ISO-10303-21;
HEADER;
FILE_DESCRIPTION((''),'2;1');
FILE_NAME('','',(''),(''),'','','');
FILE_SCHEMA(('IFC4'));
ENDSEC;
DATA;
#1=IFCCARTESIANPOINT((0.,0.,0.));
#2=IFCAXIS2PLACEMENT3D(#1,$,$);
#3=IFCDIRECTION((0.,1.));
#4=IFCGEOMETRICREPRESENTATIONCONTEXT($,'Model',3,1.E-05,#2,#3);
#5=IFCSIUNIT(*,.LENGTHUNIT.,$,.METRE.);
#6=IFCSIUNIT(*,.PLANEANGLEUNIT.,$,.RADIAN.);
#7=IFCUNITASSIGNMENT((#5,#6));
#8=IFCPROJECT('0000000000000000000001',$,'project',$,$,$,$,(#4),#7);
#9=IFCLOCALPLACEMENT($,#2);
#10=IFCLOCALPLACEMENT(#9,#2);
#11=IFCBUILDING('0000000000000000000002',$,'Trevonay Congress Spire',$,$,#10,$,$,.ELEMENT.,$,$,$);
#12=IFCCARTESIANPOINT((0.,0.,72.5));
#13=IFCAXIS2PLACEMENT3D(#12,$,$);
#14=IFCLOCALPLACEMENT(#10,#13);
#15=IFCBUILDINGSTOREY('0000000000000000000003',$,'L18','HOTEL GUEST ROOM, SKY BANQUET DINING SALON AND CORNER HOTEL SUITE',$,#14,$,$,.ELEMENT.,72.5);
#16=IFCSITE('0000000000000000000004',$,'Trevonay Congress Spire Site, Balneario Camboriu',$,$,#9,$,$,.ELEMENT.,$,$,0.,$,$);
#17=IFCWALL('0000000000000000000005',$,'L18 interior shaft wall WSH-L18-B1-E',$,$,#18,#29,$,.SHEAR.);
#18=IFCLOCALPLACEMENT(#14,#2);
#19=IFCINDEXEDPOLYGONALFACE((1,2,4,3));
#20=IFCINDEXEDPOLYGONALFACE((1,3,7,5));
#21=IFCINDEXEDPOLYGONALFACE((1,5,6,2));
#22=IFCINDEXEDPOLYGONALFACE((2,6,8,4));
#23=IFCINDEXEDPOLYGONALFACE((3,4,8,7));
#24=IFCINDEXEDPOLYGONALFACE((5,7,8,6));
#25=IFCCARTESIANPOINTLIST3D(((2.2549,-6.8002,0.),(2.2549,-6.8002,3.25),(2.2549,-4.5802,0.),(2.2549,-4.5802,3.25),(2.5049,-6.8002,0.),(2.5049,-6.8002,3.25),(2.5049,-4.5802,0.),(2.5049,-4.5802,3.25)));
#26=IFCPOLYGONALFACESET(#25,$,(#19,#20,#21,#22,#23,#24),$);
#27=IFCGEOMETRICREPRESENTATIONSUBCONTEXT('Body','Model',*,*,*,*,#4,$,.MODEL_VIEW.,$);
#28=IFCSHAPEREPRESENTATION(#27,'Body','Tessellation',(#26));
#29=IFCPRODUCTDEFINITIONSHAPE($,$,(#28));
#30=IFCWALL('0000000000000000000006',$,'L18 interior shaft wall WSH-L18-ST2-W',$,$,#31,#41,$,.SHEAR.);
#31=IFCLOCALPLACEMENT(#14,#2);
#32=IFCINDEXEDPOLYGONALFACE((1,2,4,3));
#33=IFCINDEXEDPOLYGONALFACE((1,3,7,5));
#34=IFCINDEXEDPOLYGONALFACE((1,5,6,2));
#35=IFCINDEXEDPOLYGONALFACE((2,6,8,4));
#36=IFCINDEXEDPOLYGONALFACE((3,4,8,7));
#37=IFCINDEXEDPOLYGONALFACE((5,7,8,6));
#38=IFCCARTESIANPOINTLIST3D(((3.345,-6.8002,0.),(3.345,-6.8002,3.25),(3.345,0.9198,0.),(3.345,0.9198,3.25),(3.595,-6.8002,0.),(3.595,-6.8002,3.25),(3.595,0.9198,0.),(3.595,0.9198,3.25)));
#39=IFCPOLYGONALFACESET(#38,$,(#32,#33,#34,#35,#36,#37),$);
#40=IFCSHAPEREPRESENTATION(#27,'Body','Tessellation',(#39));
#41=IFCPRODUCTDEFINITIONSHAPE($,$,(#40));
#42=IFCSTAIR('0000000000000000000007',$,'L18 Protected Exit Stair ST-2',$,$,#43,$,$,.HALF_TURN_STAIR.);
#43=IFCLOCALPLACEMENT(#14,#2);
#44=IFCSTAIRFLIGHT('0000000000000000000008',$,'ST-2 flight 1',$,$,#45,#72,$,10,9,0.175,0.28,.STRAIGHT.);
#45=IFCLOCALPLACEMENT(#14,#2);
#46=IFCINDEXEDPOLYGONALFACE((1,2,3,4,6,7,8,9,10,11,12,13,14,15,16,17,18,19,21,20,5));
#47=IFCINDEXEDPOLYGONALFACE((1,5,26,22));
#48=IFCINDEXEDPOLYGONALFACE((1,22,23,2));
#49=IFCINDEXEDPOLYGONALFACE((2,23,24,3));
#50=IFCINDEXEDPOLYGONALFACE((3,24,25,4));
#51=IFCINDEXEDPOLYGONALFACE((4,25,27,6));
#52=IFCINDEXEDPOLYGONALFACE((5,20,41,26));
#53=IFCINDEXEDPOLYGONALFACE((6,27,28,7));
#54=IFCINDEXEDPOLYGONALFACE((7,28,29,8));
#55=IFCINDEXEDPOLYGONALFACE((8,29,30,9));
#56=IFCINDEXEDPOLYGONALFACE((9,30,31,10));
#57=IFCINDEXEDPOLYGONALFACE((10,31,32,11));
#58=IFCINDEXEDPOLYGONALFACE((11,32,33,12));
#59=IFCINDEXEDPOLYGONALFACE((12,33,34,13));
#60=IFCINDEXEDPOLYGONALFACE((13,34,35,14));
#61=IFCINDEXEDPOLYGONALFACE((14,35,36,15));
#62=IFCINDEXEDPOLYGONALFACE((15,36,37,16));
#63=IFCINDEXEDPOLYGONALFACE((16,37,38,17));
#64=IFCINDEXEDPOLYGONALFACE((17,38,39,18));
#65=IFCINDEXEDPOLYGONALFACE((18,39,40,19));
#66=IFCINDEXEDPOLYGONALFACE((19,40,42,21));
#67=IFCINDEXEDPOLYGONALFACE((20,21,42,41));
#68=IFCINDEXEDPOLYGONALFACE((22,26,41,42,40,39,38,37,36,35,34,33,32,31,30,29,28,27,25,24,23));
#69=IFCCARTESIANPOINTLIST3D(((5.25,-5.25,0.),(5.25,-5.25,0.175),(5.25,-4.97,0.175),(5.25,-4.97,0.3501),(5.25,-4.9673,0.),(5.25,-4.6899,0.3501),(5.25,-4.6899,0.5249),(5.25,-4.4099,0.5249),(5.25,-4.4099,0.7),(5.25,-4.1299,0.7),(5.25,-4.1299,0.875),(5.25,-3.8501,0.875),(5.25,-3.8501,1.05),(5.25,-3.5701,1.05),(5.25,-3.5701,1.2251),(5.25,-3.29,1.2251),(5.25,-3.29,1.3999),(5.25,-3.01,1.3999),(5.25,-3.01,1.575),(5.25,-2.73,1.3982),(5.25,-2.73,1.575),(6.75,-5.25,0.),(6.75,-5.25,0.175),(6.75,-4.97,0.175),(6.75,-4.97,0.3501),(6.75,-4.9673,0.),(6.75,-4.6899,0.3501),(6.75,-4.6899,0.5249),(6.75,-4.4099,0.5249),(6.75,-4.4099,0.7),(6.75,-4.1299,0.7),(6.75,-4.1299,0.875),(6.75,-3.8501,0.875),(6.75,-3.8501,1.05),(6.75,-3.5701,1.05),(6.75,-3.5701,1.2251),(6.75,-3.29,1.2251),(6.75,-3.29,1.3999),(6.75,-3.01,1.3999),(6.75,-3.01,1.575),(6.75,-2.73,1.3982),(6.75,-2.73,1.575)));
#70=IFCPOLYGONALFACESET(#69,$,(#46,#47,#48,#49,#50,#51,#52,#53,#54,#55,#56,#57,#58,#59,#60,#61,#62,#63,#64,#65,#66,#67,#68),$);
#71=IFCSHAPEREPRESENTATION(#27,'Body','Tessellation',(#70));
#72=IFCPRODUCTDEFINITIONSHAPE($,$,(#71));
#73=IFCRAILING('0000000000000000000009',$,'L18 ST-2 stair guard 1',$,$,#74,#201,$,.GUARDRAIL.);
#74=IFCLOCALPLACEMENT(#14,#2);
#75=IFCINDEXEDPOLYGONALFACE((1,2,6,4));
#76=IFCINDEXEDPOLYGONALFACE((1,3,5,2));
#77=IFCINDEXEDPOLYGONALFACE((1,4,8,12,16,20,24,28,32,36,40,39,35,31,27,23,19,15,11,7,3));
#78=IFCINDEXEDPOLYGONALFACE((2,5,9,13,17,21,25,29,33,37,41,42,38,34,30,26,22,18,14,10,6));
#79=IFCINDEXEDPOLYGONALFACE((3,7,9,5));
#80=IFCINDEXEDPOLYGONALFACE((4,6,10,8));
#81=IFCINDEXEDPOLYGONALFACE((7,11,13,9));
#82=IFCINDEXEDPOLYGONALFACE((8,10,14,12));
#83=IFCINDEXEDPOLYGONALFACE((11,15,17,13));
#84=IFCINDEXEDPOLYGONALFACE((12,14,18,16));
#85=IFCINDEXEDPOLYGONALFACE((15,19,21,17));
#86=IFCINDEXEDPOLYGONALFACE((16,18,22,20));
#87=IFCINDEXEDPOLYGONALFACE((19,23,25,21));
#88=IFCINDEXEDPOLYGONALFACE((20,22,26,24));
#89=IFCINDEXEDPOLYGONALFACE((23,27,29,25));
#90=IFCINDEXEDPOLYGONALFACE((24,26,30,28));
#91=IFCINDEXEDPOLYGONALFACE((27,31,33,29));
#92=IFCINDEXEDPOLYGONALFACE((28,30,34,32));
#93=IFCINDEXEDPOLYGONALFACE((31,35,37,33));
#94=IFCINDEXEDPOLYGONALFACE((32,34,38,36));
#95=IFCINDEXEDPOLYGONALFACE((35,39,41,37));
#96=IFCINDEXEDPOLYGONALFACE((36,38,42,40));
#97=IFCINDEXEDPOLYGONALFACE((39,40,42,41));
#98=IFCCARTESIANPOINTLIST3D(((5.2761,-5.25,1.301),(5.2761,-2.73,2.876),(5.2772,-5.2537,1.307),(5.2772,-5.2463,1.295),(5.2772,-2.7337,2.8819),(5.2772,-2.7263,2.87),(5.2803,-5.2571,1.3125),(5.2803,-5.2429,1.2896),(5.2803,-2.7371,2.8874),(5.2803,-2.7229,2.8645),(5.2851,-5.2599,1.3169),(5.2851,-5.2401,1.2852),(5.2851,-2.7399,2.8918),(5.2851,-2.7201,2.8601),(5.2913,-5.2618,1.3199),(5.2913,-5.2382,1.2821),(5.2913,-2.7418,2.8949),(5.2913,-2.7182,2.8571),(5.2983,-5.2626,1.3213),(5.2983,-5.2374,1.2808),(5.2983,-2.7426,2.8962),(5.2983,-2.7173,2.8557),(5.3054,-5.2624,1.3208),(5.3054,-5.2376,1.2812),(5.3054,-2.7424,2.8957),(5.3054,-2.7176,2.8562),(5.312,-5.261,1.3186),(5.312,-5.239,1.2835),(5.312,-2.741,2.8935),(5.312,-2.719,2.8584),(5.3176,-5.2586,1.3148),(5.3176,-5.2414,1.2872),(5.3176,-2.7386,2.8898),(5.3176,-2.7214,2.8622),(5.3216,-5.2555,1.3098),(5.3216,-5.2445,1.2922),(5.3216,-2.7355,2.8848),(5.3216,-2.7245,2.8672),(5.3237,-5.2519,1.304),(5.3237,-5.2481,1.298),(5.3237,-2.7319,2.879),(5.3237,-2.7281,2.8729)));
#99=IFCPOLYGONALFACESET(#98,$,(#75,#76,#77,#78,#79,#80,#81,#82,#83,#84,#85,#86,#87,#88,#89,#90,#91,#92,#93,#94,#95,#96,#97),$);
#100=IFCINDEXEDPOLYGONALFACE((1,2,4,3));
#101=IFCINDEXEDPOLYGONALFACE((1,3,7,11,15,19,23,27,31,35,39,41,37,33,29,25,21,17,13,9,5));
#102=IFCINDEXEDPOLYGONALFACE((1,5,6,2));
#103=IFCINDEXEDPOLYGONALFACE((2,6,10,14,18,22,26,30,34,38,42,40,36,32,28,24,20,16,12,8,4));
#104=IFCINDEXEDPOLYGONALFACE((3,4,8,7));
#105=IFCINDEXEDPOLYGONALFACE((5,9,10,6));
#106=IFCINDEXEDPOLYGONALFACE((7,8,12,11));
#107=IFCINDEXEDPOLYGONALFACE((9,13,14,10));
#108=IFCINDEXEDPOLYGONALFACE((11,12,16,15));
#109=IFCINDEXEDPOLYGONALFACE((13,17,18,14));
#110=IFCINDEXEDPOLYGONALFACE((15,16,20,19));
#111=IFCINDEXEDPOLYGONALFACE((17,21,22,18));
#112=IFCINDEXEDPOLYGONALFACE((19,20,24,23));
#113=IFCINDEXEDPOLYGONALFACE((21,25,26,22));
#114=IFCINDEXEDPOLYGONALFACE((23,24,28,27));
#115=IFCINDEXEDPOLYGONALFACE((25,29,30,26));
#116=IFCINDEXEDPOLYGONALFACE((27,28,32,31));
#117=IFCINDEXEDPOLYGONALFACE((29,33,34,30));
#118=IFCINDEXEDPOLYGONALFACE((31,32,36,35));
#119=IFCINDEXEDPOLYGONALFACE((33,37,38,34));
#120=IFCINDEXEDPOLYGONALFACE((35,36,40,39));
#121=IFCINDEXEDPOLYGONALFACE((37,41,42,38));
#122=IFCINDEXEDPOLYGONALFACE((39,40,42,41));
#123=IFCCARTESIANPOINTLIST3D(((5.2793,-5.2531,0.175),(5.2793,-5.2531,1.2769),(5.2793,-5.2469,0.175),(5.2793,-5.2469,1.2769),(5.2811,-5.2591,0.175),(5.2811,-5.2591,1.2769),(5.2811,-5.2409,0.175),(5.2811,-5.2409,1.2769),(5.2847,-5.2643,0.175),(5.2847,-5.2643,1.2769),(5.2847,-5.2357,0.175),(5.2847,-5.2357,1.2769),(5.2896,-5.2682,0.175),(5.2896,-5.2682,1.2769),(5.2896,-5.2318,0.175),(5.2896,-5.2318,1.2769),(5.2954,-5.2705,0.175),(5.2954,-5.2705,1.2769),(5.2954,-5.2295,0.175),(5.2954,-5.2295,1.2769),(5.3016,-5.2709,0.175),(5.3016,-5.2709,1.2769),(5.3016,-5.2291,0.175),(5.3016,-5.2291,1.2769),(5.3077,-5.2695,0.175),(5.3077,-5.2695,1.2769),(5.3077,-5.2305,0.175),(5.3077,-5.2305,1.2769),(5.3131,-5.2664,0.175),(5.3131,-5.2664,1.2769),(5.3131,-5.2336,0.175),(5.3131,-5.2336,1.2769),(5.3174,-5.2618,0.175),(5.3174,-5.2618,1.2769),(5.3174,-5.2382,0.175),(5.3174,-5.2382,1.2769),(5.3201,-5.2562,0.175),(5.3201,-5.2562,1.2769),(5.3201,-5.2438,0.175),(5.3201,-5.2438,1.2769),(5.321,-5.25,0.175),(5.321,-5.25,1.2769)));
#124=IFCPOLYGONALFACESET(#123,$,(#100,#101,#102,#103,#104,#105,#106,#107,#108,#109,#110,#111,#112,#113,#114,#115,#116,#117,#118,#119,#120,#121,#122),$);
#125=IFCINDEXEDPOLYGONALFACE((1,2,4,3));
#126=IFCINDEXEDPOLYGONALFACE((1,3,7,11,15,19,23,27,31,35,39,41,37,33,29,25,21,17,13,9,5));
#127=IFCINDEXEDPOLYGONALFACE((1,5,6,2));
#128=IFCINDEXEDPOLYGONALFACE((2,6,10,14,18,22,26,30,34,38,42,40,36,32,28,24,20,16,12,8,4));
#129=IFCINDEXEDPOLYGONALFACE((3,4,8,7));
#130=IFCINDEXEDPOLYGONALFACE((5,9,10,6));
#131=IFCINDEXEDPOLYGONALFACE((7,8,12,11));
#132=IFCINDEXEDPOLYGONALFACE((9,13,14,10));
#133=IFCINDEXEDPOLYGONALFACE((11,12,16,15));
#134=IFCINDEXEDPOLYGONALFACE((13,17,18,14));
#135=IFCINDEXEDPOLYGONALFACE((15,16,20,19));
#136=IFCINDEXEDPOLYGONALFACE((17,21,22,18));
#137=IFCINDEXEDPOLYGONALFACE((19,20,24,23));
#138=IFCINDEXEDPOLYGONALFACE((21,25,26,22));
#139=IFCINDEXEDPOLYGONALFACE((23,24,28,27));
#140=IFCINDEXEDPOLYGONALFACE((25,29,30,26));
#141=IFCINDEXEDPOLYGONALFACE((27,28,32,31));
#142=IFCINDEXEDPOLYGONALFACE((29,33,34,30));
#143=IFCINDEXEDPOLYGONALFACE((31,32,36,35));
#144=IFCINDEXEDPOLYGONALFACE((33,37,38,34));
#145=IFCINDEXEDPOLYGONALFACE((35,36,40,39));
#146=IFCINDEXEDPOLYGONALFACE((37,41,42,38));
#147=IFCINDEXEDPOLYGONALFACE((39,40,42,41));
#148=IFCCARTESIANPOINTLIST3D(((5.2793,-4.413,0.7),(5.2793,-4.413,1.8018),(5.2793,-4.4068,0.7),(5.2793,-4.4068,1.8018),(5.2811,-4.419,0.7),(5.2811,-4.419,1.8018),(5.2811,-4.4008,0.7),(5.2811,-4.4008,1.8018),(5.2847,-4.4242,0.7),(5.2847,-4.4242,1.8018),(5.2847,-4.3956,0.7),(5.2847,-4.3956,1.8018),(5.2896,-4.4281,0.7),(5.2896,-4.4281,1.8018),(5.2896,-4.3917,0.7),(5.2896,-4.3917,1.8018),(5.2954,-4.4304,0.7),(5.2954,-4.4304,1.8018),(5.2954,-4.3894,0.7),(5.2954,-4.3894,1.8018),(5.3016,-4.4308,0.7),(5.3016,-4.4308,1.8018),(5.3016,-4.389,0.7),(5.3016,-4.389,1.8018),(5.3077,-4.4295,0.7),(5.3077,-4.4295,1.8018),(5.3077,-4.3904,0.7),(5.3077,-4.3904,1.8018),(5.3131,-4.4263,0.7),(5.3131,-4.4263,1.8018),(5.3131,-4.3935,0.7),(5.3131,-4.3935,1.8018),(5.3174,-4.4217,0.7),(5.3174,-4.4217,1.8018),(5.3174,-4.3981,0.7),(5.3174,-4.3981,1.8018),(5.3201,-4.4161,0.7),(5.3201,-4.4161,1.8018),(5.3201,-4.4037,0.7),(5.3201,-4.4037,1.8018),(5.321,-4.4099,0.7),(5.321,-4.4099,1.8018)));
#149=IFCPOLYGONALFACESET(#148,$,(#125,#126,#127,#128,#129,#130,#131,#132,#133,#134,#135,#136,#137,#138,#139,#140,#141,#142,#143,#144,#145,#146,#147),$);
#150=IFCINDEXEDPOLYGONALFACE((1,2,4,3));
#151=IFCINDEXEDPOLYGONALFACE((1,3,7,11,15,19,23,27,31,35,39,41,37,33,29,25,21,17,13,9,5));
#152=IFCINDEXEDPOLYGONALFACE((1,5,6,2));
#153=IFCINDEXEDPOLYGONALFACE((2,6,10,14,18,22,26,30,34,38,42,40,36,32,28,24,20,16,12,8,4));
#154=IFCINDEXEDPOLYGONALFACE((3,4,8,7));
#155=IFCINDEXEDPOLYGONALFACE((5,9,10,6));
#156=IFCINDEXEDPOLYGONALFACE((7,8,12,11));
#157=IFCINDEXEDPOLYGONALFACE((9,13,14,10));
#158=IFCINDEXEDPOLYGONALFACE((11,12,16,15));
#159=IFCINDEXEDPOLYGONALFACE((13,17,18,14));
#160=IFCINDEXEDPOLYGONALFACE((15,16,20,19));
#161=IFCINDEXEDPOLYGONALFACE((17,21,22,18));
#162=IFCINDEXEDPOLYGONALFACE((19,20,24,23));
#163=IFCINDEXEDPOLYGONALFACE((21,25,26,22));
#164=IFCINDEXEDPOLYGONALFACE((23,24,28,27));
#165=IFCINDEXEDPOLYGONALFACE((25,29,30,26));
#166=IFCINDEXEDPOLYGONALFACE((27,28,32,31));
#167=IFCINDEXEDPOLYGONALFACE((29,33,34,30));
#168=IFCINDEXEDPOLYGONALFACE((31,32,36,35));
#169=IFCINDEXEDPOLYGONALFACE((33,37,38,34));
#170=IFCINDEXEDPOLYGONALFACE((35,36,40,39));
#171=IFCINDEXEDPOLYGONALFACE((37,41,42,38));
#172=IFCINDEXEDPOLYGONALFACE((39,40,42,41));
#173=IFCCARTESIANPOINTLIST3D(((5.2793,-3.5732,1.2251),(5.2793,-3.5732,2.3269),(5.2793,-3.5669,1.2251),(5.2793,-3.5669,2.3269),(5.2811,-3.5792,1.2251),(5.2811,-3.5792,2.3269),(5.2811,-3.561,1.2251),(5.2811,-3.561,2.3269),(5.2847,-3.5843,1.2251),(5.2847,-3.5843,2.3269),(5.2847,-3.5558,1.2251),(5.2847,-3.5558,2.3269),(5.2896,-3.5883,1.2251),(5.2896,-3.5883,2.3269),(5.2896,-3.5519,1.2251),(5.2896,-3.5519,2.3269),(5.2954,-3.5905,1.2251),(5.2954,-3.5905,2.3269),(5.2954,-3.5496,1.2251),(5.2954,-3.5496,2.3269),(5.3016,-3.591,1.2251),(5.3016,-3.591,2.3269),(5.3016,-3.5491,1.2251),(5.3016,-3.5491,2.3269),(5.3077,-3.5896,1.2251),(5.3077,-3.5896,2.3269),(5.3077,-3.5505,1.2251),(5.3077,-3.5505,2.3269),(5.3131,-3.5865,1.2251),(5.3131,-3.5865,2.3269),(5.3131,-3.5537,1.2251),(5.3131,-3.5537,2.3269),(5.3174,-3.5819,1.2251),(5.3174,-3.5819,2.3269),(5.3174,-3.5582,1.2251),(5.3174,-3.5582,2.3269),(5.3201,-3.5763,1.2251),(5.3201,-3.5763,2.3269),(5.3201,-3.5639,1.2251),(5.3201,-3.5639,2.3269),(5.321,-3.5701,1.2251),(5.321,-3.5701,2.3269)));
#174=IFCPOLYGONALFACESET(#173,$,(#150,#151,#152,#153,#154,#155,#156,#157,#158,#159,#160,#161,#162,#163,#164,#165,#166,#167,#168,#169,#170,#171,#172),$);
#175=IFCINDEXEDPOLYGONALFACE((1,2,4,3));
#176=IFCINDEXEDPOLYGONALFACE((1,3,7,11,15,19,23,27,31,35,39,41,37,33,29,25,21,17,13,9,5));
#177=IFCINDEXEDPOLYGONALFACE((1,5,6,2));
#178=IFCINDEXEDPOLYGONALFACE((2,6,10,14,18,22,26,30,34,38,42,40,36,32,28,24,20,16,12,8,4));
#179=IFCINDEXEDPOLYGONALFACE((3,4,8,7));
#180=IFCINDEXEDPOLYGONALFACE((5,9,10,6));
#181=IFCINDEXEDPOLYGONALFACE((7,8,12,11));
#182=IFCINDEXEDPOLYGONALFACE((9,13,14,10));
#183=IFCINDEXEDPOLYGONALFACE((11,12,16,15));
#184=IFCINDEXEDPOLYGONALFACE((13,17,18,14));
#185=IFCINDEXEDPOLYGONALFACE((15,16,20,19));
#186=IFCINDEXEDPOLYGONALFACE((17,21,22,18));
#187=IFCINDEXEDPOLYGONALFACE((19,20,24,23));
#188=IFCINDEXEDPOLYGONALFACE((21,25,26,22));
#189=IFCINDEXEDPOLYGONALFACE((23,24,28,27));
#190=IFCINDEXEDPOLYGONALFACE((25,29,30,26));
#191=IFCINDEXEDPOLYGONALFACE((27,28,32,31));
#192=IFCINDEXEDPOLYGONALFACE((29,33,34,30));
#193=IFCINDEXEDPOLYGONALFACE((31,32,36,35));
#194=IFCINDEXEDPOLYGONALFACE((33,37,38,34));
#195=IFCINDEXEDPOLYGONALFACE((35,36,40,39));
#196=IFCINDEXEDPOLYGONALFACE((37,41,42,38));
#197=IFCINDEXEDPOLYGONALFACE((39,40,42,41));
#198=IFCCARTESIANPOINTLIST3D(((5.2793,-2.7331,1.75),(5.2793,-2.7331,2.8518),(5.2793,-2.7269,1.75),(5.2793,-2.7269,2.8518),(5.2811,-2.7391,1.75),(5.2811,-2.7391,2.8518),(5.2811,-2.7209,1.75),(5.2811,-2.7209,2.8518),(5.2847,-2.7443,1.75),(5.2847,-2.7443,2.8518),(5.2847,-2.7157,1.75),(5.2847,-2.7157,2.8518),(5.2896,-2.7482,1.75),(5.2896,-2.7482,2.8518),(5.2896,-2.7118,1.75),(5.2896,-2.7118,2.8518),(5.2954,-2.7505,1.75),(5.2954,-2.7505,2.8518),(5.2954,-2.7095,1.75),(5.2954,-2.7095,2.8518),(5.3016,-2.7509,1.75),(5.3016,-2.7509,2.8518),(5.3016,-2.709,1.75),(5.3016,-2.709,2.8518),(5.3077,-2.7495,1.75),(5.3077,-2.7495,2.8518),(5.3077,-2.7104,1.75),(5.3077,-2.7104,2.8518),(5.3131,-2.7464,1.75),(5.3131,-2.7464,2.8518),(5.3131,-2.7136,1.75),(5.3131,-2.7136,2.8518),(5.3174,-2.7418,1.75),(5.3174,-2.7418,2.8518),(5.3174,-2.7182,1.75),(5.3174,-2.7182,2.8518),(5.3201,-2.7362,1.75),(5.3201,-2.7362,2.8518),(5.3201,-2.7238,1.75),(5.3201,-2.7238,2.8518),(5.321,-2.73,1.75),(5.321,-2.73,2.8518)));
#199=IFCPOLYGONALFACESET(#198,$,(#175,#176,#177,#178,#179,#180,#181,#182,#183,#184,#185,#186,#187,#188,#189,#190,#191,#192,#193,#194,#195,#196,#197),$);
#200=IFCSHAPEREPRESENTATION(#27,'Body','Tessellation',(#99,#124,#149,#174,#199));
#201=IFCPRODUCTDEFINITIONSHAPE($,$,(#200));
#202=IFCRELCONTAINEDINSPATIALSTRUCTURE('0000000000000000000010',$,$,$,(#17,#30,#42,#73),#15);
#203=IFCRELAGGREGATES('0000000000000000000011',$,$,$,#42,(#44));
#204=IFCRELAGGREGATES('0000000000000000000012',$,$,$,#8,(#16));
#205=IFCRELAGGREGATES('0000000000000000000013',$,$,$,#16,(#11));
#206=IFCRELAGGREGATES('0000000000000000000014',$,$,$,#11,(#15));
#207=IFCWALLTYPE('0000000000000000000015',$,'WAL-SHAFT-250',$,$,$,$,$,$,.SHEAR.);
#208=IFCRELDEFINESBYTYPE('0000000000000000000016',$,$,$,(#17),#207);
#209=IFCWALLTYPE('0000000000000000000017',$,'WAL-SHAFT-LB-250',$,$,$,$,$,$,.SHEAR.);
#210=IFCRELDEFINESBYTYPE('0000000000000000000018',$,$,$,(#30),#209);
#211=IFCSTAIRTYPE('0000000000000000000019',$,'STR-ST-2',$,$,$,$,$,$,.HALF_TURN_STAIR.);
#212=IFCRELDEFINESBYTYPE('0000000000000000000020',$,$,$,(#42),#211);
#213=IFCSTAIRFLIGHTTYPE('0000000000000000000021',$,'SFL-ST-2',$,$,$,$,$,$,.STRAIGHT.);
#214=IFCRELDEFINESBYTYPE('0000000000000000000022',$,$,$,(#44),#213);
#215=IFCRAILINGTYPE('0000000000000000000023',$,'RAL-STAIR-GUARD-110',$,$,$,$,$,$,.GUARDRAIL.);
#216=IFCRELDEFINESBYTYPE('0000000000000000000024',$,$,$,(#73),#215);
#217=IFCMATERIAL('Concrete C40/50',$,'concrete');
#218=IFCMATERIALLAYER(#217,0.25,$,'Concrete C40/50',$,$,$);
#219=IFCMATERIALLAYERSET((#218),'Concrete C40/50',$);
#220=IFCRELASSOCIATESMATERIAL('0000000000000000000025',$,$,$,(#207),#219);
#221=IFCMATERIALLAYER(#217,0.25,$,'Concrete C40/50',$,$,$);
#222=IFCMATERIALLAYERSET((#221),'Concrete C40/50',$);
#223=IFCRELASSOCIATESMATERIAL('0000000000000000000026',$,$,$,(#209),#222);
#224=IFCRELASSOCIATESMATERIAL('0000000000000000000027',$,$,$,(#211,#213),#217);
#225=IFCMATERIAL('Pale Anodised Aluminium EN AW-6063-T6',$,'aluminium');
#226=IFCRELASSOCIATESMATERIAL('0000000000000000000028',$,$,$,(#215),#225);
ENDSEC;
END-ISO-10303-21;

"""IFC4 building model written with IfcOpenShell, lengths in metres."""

from ifc_helpers import new_model, si_unit, direction, frame, frame_2d, origin, origin_2d, place, context, subcontext, project, spatial, polyline, rectangle, circle, outline, extrude, material, layer, layer_set, type_object, element, aggregate, save


model = new_model("IFC4")

# Units and contexts
model_context = context("Model", 3, precision=1e-05, world=origin(), true_north=direction((0.0, 1.0)))
body_context = subcontext(model_context, "Body", "Model", "MODEL_VIEW")
ifc_project = project(units=[si_unit("LENGTHUNIT", "METRE"), si_unit("PLANEANGLEUNIT", "RADIAN")], contexts=[model_context])

# Site, building, storey
site_placement = place(None, origin())
site = spatial("IfcSite", under=ifc_project, at=site_placement, Name="Trevonay Congress Spire Site, Balneario Camboriu", CompositionType="ELEMENT", RefElevation=0.0)
building_placement = place(site_placement, origin())
building = spatial("IfcBuilding", under=site, at=building_placement, Name="Trevonay Congress Spire", CompositionType="ELEMENT")
storey_placement = place(building_placement, frame((0.0, 0.0, 72.5)))
storey = spatial("IfcBuildingStorey", under=building, at=storey_placement, Name="L18", Description="HOTEL GUEST ROOM, SKY BANQUET DINING SALON AND CORNER HOTEL SUITE", CompositionType="ELEMENT", Elevation=72.5)

# Shared definitions
ifc_material_1 = material(Name="Pale Anodised Aluminium EN AW-6063-T6", Category="aluminium")

# Shared definitions
ifc_material_2 = material(Name="Concrete C40/50", Category="concrete")

# Walls
ifc_layer_1 = layer(ifc_material_2, 0.25, Name="Concrete C40/50")
ifc_layer_set_1 = layer_set([ifc_layer_1], Name="Concrete C40/50")
wall_type_1 = type_object("IfcWallType", Name="WAL-SHAFT-250", PredefinedType="SHEAR", material=ifc_layer_set_1)
wall_1_placement = place(storey_placement, frame((2.3799, -6.8, 0.0), z_axis=(0.0, 0.0, 1.0), x_axis=(0.0, 1.0, 0.0)))
element("IfcWall", 1, at=wall_1_placement, inside=storey, type_object=wall_type_1, Name="L18 interior shaft wall WSH-L18-B1-E", PredefinedType="SHEAR", context=body_context, shape_type="SweptSolid", body=[
    extrude(rectangle(XDim=2.22, YDim=0.25, at=frame_2d((1.1099, 0.0))), origin(), (0.0, 0.0, 1.0), 3.25),
])
ifc_layer_2 = layer(ifc_material_2, 0.25, Name="Concrete C40/50")
ifc_layer_set_2 = layer_set([ifc_layer_2], Name="Concrete C40/50")
wall_type_2 = type_object("IfcWallType", Name="WAL-SHAFT-LB-250", PredefinedType="SHEAR", material=ifc_layer_set_2)
wall_2_placement = place(storey_placement, frame((3.47, -6.8, 0.0), z_axis=(0.0, 0.0, 1.0), x_axis=(0.0, 1.0, 0.0)))
element("IfcWall", 2, at=wall_2_placement, inside=storey, type_object=wall_type_2, Name="L18 interior shaft wall WSH-L18-ST2-W", PredefinedType="SHEAR", context=body_context, shape_type="SweptSolid", body=[
    extrude(rectangle(XDim=7.72, YDim=0.25, at=frame_2d((3.8599, 0.0))), origin(), (0.0, 0.0, 1.0), 3.25),
])

# Stair, stair flight
stair_type = type_object("IfcStairType", Name="STR-ST-2", PredefinedType="HALF_TURN_STAIR", material=ifc_material_2)
stair_placement = place(storey_placement, origin())
stair = element("IfcStair", 3, at=stair_placement, inside=storey, type_object=stair_type, Name="L18 Protected Exit Stair ST-2", PredefinedType="HALF_TURN_STAIR")
stair_flight_type = type_object("IfcStairFlightType", Name="SFL-ST-2", PredefinedType="STRAIGHT", material=ifc_material_2)
stair_flight_placement = place(storey_placement, frame((6.0, -5.25, 0.0), z_axis=(0.0, 0.0, 1.0), x_axis=(0.0, 1.0, 0.0)))
stair_flight = element("IfcStairFlight", 4, at=stair_flight_placement, type_object=stair_flight_type, Name="ST-2 flight 1", NumberOfRisers=10, NumberOfTreads=9, PredefinedType="STRAIGHT", RiserHeight=0.175, TreadLength=0.28, context=body_context, shape_type="SweptSolid", body=[
    extrude(outline(polyline([(0.0, 0.0), (0.0, 0.175), (0.28, 0.175), (0.28, 0.3501), (0.5601, 0.3501), (0.5601, 0.5249), (0.8401, 0.5249), (0.8401, 0.7), (1.1201, 0.7), (1.1201, 0.875), (1.3999, 0.875), (1.3999, 1.05), (1.6799, 1.05), (1.6799, 1.2251), (1.96, 1.2251), (1.96, 1.3999), (2.24, 1.3999), (2.24, 1.575), (2.52, 1.575), (2.52, 1.75), (2.52, 1.3982), (0.2827, 0.0), (0.0, 0.0)])), frame((0.0, 0.75, 0.0), z_axis=(0.0, -1.0, 0.0), x_axis=(1.0, 0.0, 0.0)), (0.0, 0.0, 1.0), 1.5),
])
aggregate(stair, [stair_flight])

# Railing
railing_type_1 = type_object("IfcRailingType", Name="RAL-STAIR-GUARD-110", PredefinedType="GUARDRAIL", material=ifc_material_1)
railing_1_placement = place(storey_placement, frame((5.3, -5.25, 0.175)))
element("IfcRailing", 5, at=railing_1_placement, inside=storey, type_object=railing_type_1, Name="L18 ST-2 stair guard 1", PredefinedType="GUARDRAIL", context=body_context, shape_type="SweptSolid", body=[
    extrude(circle(Radius=0.0239, at=origin_2d()), frame((0.0, 0.0, 1.126), z_axis=(0.0, 0.848008, 0.529984), x_axis=(-1.0, 0.0, 0.0)), (0.0, 0.0, 1.0), 2.9717),
    extrude(circle(Radius=0.021, at=origin_2d()), origin(), (0.0, 0.0, 1.0), 1.1018),
    extrude(circle(Radius=0.021, at=origin_2d()), frame((0.0, 0.8401, 0.5249)), (0.0, 0.0, 1.0), 1.1018),
    extrude(circle(Radius=0.021, at=origin_2d()), frame((0.0, 1.6799, 1.05)), (0.0, 0.0, 1.0), 1.1018),
    extrude(circle(Radius=0.021, at=origin_2d()), frame((0.0, 2.52, 1.575)), (0.0, 0.0, 1.0), 1.1018),
])

save(model, "model.ifc")
